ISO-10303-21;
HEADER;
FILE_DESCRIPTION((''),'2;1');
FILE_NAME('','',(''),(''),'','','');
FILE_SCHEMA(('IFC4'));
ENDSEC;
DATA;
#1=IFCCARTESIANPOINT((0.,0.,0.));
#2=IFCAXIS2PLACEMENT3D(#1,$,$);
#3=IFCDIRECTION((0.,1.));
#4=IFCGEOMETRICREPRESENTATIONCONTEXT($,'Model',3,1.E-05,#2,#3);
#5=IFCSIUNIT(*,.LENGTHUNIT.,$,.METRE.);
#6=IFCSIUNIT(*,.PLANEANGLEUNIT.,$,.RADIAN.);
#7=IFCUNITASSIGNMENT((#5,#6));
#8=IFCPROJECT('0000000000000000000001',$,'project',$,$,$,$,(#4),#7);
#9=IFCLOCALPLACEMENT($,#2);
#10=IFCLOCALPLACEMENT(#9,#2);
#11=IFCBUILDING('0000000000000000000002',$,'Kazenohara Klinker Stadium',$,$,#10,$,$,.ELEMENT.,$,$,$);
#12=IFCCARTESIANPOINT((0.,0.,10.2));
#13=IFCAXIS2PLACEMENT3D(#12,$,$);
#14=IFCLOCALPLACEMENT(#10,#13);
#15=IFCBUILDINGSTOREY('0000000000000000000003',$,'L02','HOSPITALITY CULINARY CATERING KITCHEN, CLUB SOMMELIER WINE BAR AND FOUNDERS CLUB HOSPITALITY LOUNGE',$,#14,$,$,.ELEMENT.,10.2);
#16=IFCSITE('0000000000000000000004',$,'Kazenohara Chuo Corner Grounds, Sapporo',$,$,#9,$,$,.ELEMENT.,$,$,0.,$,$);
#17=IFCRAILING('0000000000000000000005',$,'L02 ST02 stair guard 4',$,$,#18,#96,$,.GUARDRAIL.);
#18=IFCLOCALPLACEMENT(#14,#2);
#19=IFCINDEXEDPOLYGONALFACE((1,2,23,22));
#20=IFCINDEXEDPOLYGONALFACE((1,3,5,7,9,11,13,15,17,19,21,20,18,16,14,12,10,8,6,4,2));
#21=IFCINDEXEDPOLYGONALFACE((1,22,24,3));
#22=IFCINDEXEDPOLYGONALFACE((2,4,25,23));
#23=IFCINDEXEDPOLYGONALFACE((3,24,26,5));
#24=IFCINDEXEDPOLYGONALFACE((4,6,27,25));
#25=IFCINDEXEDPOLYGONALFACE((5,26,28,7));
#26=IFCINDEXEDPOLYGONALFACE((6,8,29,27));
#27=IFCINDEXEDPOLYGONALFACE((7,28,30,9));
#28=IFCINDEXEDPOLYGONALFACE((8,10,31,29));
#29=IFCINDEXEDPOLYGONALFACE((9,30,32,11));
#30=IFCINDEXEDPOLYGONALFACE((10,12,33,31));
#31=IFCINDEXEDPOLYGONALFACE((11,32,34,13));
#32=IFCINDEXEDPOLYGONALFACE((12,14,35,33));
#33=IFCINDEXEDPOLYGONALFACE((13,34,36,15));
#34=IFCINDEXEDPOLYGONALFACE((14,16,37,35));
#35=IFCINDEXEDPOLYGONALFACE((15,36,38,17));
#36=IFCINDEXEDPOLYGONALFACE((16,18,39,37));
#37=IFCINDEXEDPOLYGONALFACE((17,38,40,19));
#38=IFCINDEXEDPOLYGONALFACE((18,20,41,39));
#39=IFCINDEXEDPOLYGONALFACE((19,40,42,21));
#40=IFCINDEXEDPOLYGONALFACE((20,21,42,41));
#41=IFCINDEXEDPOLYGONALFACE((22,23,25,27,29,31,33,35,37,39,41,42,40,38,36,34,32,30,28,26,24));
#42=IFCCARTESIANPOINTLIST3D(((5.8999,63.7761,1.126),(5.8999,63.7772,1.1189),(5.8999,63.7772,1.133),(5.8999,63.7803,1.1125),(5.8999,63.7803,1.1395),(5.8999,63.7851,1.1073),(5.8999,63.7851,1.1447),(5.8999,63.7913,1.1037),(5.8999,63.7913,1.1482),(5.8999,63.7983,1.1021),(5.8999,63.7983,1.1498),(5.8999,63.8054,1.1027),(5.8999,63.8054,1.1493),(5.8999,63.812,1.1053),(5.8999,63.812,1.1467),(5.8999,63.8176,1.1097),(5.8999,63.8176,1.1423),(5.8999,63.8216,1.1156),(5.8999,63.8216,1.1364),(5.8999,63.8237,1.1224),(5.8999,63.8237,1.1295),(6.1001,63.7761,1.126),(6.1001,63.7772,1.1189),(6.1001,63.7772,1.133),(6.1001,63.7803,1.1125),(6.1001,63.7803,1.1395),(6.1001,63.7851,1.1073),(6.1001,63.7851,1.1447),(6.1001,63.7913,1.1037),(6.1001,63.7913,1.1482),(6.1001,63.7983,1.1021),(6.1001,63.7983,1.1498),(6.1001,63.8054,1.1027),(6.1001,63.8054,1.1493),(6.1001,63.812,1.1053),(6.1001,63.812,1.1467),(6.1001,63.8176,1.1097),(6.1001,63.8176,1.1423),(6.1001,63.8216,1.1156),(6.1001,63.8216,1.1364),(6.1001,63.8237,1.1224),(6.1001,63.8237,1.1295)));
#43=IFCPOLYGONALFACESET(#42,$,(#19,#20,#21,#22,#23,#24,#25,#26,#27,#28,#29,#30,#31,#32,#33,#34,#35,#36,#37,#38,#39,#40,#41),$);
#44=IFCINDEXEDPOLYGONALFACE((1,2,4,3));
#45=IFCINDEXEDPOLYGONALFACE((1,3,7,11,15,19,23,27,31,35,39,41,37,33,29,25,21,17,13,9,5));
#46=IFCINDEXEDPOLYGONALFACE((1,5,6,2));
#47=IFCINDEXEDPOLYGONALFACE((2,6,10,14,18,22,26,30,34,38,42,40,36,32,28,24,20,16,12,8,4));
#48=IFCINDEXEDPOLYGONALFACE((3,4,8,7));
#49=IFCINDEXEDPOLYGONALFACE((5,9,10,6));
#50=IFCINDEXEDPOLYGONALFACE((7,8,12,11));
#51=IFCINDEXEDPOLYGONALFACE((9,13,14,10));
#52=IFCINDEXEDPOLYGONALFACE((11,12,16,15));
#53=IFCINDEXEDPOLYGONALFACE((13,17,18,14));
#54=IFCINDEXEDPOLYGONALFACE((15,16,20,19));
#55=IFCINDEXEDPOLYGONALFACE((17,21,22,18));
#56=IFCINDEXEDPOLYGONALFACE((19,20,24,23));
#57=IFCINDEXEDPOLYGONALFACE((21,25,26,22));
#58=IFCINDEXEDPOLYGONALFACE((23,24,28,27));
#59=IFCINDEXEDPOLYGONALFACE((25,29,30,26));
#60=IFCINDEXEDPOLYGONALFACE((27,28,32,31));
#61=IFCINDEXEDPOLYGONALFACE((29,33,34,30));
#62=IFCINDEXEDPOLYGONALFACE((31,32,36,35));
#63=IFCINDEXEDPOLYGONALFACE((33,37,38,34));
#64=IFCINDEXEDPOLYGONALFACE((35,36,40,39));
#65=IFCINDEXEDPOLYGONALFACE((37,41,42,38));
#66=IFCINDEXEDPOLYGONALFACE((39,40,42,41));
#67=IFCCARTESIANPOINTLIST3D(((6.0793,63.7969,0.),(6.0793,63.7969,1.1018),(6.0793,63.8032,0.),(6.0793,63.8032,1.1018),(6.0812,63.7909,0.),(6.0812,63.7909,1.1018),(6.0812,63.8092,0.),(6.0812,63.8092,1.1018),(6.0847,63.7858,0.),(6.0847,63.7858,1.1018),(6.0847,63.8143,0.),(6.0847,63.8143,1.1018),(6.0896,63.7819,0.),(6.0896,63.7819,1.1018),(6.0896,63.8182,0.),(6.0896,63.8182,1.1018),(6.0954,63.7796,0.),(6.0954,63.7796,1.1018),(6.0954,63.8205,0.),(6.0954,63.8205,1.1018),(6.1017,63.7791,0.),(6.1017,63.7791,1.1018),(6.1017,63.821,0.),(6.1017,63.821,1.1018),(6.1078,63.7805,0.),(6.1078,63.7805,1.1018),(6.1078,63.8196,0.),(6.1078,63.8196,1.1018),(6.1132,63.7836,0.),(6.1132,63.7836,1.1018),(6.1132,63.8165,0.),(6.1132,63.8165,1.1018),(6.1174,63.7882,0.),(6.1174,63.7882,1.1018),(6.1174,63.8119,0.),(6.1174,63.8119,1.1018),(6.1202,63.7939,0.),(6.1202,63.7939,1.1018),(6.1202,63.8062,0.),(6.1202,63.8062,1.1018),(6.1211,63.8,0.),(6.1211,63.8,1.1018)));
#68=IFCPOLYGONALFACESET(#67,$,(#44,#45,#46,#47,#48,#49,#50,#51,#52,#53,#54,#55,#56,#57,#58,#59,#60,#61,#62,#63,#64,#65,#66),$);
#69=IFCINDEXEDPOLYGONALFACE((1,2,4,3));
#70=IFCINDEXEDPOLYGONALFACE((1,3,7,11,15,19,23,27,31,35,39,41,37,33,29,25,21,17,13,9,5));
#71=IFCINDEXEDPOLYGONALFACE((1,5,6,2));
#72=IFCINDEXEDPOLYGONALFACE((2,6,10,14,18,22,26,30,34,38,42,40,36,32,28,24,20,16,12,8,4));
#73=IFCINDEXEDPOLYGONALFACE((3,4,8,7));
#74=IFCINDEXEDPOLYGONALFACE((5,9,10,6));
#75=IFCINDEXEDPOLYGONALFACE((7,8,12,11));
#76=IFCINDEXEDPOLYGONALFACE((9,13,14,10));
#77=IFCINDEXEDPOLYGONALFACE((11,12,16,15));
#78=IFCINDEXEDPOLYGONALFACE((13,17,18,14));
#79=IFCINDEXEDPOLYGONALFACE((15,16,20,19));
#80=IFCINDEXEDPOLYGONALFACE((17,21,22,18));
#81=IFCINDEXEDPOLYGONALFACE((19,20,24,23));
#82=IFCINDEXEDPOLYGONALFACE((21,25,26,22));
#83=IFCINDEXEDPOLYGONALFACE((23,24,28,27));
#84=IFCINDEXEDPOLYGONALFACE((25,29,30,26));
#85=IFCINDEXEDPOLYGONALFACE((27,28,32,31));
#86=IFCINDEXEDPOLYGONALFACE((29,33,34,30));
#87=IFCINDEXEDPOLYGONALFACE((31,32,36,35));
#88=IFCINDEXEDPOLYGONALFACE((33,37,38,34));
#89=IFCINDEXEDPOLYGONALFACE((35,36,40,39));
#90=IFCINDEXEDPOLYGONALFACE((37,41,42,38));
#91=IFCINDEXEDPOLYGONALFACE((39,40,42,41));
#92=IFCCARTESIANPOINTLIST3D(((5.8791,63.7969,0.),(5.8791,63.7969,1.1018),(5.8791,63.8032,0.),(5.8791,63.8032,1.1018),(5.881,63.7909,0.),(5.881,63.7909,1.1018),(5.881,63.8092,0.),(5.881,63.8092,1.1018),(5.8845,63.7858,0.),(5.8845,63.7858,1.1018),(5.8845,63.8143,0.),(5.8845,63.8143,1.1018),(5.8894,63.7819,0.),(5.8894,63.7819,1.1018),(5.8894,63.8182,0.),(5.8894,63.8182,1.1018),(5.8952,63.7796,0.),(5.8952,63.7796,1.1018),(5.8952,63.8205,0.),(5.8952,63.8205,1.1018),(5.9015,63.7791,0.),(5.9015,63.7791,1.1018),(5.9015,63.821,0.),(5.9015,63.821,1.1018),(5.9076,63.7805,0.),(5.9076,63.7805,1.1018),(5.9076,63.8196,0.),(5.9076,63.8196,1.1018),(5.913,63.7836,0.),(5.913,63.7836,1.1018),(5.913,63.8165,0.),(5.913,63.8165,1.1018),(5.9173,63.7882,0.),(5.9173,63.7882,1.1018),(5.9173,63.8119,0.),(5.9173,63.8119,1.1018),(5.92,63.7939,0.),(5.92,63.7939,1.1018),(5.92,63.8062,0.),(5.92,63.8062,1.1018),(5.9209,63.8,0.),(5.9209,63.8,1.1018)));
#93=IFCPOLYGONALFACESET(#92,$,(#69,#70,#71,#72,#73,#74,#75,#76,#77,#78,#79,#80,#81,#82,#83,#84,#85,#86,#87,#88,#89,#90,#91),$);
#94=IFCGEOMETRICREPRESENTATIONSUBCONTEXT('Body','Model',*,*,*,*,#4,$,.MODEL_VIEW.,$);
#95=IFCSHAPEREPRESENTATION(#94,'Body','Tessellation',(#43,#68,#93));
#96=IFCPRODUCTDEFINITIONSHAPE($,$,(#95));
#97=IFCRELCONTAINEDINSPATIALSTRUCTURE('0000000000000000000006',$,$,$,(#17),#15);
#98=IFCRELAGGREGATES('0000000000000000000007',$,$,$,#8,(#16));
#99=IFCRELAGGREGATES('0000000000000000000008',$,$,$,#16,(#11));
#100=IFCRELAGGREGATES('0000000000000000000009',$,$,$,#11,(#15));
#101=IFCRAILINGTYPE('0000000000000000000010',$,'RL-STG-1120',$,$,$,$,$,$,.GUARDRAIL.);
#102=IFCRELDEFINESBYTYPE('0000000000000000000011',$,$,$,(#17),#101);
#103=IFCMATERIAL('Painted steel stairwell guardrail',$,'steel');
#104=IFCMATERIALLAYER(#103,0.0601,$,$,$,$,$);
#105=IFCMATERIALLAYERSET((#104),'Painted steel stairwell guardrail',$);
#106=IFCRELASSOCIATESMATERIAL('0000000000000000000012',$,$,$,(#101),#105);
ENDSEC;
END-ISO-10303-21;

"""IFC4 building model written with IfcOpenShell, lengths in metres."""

from ifc_helpers import new_model, si_unit, direction, frame, origin, origin_2d, place, context, subcontext, project, spatial, circle, extrude, material, layer, layer_set, type_object, element, save


model = new_model("IFC4")

# Units and contexts
model_context = context("Model", 3, precision=1e-05, world=origin(), true_north=direction((0.0, 1.0)))
body_context = subcontext(model_context, "Body", "Model", "MODEL_VIEW")
ifc_project = project(units=[si_unit("LENGTHUNIT", "METRE"), si_unit("PLANEANGLEUNIT", "RADIAN")], contexts=[model_context])

# Site, building, storey
site_placement = place(None, origin())
site = spatial("IfcSite", under=ifc_project, at=site_placement, Name="Kazenohara Chuo Corner Grounds, Sapporo", CompositionType="ELEMENT", RefElevation=0.0)
building_placement = place(site_placement, origin())
building = spatial("IfcBuilding", under=site, at=building_placement, Name="Kazenohara Klinker Stadium", CompositionType="ELEMENT")
storey_placement = place(building_placement, frame((0.0, 0.0, 10.2)))
storey = spatial("IfcBuildingStorey", under=building, at=storey_placement, Name="L02", Description="HOSPITALITY CULINARY CATERING KITCHEN, CLUB SOMMELIER WINE BAR AND FOUNDERS CLUB HOSPITALITY LOUNGE", CompositionType="ELEMENT", Elevation=10.2)

# Railing
ifc_material_1 = material(Name="Painted steel stairwell guardrail", Category="steel")
ifc_layer_1 = layer(ifc_material_1, 0.0601)
ifc_layer_set_1 = layer_set([ifc_layer_1], Name="Painted steel stairwell guardrail")
railing_type_1 = type_object("IfcRailingType", Name="RL-STG-1120", PredefinedType="GUARDRAIL", material=ifc_layer_set_1)
railing_1_placement = place(storey_placement, frame((6.1001, 63.8, 0.0)))
element("IfcRailing", 1, at=railing_1_placement, inside=storey, type_object=railing_type_1, Name="L02 ST02 stair guard 4", PredefinedType="GUARDRAIL", context=body_context, shape_type="SweptSolid", body=[
    extrude(circle(Radius=0.0239, at=origin_2d()), frame((0.0, 0.0, 1.126), z_axis=(-1.0, 0.0, 0.0), x_axis=(0.0, -1.0, 0.0)), (0.0, 0.0, 1.0), 0.2002),
    extrude(circle(Radius=0.021, at=origin_2d()), origin(), (0.0, 0.0, 1.0), 1.1018),
    extrude(circle(Radius=0.021, at=origin_2d()), frame((-0.2002, 0.0, 0.0)), (0.0, 0.0, 1.0), 1.1018),
])

save(model, "model.ifc")
